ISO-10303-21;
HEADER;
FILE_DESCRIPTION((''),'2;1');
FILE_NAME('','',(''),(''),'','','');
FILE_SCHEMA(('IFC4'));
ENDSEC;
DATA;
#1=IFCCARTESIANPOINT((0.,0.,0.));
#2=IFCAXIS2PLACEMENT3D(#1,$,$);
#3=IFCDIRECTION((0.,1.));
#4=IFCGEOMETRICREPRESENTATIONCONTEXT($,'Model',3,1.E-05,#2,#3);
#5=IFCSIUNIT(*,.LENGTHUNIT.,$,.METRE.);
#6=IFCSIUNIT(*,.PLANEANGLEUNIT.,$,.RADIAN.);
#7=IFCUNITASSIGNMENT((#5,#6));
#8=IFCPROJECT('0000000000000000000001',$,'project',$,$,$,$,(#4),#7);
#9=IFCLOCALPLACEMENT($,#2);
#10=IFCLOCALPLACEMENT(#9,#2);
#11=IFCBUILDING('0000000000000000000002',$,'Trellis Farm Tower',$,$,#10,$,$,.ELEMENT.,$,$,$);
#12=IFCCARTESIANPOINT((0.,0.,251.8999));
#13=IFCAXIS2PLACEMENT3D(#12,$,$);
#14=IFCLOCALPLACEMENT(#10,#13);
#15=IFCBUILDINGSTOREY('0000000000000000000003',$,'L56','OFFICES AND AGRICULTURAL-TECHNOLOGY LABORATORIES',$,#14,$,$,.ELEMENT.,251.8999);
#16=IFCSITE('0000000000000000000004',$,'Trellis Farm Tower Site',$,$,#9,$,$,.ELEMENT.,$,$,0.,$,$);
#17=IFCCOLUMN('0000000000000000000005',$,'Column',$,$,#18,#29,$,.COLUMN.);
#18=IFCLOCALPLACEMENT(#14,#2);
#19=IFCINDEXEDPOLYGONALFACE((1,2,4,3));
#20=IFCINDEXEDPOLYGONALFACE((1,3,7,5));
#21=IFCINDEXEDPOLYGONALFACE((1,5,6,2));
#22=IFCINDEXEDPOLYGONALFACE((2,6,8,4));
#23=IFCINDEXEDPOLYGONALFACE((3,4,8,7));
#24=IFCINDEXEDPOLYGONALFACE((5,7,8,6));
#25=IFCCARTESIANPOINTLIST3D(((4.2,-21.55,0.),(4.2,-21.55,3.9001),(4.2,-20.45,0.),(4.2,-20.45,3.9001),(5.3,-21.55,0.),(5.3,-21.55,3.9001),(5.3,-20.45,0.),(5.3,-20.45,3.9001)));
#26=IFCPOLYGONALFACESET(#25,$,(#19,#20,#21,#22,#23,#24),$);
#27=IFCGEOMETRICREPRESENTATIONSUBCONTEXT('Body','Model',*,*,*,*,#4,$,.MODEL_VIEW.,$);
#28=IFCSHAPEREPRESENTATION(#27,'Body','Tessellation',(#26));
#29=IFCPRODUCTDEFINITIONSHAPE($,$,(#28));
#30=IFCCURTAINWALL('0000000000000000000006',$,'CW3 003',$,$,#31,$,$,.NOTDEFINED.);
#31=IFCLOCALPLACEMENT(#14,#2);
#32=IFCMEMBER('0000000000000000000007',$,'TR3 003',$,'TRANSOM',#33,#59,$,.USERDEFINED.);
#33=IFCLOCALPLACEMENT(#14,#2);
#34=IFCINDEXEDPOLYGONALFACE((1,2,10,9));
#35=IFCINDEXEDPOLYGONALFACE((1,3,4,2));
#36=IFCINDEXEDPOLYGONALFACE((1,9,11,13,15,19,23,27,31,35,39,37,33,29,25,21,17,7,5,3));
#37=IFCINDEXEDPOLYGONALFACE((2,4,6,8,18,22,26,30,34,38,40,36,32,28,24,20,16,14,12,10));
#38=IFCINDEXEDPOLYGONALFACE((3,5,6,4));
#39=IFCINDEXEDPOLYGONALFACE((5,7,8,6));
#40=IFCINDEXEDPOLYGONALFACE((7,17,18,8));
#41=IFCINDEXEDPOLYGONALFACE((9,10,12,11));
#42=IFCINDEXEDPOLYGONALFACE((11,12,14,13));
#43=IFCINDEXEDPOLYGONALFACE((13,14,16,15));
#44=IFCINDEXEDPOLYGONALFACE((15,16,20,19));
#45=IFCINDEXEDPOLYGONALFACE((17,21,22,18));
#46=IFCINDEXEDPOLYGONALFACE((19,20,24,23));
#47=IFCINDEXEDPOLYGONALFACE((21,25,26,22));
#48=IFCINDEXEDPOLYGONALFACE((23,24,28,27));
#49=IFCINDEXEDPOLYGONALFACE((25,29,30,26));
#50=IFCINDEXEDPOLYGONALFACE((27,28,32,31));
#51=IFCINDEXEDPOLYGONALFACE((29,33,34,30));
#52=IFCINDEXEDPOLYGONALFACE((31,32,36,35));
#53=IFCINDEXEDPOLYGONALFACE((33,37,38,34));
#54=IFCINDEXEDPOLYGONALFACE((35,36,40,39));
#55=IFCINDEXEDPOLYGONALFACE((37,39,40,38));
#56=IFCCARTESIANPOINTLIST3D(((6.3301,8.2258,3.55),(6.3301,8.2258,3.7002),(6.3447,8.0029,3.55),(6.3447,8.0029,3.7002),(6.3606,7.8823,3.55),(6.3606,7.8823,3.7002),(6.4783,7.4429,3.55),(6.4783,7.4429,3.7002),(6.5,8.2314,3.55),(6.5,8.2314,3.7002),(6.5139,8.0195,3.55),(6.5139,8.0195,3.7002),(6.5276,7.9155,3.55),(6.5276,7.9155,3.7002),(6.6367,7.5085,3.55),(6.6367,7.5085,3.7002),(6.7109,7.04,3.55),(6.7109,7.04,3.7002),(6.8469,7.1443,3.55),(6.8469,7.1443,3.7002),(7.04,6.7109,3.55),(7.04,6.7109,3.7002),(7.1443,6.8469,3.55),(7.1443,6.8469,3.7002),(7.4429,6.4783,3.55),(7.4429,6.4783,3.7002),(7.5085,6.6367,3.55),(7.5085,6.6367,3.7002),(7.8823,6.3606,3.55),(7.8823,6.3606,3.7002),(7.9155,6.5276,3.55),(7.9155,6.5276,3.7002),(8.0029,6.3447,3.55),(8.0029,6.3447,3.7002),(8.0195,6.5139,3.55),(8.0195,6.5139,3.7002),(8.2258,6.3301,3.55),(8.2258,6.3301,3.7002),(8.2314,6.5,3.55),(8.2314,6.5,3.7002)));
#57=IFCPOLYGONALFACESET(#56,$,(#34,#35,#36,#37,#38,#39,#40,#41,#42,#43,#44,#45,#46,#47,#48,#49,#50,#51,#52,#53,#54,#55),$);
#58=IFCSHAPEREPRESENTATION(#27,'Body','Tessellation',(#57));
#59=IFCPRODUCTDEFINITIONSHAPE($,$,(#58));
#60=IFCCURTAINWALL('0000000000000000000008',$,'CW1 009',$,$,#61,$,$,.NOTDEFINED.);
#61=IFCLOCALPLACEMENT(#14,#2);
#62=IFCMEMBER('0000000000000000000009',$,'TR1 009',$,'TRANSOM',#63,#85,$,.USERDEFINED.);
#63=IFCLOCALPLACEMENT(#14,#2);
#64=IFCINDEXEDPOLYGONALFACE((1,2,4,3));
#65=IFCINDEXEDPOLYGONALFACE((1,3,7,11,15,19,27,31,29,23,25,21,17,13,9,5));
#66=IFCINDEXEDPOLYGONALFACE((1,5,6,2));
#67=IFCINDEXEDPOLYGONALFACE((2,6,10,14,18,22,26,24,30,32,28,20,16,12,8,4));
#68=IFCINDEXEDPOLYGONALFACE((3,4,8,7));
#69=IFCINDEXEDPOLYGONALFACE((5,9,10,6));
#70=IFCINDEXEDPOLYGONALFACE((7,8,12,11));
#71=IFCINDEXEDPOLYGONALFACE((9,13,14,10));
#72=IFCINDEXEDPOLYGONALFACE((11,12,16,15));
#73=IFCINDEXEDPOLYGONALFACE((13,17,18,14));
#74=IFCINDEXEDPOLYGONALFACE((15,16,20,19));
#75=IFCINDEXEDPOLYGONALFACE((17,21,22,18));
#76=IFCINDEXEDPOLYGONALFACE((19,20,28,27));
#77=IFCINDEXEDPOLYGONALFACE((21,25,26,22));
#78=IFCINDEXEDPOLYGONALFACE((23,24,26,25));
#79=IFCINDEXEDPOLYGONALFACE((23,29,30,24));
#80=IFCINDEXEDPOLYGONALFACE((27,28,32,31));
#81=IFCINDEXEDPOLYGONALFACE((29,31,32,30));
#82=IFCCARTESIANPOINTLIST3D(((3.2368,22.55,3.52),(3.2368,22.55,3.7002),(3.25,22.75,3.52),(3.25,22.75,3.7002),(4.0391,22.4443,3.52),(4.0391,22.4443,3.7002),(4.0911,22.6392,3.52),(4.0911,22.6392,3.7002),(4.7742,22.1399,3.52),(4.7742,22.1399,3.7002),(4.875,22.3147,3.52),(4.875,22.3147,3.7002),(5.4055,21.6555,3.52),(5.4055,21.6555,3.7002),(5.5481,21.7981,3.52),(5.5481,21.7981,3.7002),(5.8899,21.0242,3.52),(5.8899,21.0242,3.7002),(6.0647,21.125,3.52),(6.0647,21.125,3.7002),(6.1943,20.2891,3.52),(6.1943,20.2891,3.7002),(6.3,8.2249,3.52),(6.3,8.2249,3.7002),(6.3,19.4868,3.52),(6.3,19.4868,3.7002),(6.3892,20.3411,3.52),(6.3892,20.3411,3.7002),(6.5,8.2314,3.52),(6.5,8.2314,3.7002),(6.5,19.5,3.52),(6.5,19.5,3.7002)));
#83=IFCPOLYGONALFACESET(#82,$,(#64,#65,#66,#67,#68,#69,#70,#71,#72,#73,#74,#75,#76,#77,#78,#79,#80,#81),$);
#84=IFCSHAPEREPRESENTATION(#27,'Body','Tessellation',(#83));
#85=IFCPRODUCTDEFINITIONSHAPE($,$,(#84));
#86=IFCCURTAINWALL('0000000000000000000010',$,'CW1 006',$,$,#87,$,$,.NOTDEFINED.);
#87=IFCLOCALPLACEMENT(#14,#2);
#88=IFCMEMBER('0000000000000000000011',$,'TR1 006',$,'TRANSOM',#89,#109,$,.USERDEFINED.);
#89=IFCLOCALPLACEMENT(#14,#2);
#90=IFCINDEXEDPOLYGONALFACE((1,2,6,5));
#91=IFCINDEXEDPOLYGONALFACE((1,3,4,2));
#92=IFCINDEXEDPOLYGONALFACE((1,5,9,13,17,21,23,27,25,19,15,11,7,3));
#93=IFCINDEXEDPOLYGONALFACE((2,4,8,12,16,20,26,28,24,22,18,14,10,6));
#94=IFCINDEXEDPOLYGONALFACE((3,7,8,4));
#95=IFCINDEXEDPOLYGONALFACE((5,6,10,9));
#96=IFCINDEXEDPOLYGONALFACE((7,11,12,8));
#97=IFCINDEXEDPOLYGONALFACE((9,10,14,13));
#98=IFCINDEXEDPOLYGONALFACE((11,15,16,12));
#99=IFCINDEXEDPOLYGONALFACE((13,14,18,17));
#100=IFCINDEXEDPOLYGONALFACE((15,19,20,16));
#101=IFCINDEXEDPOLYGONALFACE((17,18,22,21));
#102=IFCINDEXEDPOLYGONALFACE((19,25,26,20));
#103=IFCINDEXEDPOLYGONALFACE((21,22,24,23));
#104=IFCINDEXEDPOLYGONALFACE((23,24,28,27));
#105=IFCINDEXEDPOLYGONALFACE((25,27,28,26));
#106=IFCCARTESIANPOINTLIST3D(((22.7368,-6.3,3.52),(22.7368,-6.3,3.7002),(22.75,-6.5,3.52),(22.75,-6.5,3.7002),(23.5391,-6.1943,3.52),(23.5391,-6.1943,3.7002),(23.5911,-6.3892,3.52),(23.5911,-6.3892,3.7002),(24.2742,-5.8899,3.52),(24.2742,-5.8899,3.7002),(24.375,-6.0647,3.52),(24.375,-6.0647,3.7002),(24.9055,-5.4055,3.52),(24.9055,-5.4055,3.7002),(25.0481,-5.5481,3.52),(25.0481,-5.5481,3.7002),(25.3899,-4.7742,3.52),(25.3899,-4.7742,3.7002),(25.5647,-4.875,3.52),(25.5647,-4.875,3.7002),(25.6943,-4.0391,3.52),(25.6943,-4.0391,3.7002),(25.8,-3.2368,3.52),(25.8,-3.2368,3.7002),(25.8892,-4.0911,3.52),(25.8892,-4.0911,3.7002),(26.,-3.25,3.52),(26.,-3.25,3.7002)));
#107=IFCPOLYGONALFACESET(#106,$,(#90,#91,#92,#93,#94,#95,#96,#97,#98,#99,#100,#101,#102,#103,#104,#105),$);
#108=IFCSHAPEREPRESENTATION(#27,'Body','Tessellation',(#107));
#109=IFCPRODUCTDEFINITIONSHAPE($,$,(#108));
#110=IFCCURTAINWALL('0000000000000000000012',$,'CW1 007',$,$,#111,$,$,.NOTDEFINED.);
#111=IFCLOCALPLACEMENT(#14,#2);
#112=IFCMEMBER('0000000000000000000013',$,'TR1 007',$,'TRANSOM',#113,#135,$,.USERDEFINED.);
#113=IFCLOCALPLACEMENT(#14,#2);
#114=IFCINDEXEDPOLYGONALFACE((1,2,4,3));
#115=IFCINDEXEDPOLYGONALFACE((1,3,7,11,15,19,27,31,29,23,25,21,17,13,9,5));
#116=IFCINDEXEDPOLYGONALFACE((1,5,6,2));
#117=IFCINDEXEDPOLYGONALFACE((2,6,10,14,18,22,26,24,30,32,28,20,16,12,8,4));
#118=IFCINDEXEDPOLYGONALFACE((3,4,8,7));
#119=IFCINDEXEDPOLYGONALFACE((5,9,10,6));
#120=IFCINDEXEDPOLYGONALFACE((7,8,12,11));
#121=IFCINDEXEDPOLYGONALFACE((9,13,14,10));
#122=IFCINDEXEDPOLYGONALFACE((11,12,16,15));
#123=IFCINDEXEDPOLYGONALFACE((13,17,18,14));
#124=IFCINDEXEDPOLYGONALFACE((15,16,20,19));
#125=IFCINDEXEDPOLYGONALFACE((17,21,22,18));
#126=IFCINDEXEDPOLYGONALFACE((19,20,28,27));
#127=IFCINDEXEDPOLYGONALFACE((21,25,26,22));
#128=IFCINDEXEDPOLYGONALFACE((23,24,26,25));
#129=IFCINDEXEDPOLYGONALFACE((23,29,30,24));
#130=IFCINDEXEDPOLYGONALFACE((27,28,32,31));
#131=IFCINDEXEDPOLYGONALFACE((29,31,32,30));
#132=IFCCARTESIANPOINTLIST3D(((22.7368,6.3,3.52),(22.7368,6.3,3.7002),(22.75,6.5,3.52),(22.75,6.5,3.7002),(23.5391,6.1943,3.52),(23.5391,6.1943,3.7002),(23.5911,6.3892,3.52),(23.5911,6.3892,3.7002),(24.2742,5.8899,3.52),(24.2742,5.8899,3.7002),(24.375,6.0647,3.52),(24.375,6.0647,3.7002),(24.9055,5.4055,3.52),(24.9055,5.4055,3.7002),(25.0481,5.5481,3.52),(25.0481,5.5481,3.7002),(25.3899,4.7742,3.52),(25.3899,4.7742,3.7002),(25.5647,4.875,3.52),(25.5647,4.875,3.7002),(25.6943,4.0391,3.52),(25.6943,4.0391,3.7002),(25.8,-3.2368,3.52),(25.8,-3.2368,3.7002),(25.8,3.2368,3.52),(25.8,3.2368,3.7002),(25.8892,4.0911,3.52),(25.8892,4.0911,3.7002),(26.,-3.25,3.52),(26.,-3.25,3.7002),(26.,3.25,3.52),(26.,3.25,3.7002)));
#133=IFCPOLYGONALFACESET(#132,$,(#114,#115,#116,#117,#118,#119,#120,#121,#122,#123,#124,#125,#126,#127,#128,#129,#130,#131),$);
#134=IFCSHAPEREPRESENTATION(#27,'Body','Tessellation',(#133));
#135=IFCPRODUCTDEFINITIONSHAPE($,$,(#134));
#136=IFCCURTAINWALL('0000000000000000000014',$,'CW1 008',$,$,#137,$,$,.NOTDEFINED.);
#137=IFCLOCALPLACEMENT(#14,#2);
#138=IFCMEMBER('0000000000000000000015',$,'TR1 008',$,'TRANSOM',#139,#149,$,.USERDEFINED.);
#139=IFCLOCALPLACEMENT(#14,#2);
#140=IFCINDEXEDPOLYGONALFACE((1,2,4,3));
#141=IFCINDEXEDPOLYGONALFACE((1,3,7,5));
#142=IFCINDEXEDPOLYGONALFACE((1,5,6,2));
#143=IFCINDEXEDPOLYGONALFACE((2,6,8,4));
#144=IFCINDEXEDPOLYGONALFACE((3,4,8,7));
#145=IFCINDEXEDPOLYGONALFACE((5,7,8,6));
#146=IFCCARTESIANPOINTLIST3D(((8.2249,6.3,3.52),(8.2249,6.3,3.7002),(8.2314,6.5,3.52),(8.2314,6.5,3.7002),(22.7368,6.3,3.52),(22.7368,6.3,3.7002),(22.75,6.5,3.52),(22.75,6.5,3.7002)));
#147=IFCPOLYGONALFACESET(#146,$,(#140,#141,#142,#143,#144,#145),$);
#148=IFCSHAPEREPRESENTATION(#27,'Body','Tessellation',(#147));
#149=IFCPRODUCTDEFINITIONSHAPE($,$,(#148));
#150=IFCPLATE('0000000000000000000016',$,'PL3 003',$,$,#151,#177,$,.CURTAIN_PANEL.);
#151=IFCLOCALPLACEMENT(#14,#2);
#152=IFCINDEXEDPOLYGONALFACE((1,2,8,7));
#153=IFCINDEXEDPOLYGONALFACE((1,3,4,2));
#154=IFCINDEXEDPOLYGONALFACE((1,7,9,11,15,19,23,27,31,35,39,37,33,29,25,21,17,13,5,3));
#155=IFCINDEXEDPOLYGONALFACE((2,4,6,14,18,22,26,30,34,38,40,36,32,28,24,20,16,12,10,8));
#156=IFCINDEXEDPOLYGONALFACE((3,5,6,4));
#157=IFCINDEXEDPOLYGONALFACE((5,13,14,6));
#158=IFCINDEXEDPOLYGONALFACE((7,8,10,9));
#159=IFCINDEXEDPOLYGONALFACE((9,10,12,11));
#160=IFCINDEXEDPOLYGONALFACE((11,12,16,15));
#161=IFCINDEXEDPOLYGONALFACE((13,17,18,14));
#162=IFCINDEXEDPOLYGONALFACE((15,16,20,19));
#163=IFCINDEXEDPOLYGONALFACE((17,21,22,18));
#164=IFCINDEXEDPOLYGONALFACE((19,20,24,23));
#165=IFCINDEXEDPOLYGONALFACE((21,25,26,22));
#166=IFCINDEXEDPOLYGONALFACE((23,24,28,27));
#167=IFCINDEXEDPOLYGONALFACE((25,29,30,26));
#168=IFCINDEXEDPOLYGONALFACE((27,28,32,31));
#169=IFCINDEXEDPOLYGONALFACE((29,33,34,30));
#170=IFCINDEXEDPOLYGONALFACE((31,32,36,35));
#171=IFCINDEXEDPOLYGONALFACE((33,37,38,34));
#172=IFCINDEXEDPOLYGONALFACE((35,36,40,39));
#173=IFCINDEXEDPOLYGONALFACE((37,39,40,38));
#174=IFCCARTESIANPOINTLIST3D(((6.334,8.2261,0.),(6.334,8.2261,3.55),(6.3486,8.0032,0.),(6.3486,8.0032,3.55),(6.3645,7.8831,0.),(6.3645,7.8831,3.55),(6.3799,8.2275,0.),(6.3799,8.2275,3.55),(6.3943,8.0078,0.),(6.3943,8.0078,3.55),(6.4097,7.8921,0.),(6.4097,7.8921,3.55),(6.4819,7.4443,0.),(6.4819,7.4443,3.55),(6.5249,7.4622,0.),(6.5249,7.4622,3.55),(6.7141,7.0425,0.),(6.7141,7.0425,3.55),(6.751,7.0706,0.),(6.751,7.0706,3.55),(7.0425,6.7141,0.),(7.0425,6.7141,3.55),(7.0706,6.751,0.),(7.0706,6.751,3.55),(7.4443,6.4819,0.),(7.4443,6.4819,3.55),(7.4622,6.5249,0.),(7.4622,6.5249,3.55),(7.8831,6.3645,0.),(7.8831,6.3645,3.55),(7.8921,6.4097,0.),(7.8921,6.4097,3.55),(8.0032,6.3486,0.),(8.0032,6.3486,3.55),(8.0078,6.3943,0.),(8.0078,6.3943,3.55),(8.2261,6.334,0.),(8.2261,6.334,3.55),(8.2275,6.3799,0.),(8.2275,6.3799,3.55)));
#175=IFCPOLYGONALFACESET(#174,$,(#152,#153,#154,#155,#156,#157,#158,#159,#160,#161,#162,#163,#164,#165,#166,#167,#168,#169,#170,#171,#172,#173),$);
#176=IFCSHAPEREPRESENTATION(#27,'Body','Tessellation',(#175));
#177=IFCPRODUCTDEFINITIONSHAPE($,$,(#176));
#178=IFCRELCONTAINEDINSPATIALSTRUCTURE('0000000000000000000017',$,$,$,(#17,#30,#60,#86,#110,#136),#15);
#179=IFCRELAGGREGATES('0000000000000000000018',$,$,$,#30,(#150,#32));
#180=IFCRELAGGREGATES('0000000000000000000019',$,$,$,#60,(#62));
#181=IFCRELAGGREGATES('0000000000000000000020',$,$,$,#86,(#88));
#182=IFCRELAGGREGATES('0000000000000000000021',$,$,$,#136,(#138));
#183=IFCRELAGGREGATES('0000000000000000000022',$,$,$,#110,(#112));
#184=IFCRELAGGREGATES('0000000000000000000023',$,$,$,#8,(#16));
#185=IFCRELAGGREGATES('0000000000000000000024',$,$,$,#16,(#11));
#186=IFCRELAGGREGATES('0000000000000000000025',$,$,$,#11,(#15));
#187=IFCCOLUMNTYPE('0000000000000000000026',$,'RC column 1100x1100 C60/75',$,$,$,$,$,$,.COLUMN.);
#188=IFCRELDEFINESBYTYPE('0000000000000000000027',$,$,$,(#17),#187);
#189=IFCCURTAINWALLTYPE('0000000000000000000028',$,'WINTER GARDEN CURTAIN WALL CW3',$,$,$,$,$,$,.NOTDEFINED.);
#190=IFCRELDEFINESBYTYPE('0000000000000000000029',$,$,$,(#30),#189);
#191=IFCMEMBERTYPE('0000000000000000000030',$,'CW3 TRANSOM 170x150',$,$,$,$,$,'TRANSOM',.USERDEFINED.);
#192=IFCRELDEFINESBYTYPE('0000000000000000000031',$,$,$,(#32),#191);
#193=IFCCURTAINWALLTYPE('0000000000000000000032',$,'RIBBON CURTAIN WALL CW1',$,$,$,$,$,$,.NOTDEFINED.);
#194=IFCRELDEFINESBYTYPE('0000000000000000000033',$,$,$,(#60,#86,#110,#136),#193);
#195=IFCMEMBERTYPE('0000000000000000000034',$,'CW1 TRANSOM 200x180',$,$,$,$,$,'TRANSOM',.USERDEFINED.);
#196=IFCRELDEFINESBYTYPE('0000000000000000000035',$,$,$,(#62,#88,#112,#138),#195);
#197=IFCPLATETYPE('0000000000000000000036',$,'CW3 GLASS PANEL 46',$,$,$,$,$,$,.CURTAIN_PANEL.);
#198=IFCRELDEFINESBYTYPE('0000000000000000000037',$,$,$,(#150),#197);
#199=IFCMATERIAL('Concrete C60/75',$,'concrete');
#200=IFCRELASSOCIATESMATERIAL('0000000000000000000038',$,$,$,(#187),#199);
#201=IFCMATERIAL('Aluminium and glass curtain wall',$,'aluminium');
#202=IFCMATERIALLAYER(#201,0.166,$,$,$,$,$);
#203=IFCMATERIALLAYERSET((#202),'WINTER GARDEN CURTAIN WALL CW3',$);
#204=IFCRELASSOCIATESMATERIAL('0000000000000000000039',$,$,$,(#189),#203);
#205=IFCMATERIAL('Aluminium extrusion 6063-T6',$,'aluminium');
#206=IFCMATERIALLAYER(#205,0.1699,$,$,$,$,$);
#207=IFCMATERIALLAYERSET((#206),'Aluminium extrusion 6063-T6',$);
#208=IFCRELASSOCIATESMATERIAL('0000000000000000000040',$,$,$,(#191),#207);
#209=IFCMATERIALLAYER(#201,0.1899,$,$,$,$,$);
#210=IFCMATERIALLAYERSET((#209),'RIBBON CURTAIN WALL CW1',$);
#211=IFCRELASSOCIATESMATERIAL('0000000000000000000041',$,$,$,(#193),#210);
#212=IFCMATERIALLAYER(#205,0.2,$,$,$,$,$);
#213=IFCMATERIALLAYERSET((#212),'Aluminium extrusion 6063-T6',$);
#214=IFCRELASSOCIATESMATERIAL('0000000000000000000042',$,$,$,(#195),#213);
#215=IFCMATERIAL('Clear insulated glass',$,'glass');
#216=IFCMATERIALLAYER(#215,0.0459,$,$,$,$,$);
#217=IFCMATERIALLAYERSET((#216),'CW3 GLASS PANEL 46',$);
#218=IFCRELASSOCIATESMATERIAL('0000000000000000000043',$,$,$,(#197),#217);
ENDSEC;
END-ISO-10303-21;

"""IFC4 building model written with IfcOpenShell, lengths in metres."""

from ifc_helpers import new_model, si_unit, direction, frame, origin, origin_2d, place, context, subcontext, project, spatial, polyline, rectangle, outline, extrude, source, transform, mapped, material, layer, layer_set, material_profile, profile_set, type_object, element, aggregate, save


model = new_model("IFC4")

# Units and contexts
model_context = context("Model", 3, precision=1e-05, world=origin(), true_north=direction((0.0, 1.0)))
body_context = subcontext(model_context, "Body", "Model", "MODEL_VIEW")
ifc_project = project(units=[si_unit("LENGTHUNIT", "METRE"), si_unit("PLANEANGLEUNIT", "RADIAN")], contexts=[model_context])

# Site, building, storey
site_placement = place(None, origin())
site = spatial("IfcSite", under=ifc_project, at=site_placement, Name="Trellis Farm Tower Site", CompositionType="ELEMENT", RefElevation=0.0)
building_placement = place(site_placement, origin())
building = spatial("IfcBuilding", under=site, at=building_placement, Name="Trellis Farm Tower", CompositionType="ELEMENT")
storey_placement = place(building_placement, frame((0.0, 0.0, 251.8999)))
storey = spatial("IfcBuildingStorey", under=building, at=storey_placement, Name="L56", Description="OFFICES AND AGRICULTURAL-TECHNOLOGY LABORATORIES", CompositionType="ELEMENT", Elevation=251.8999)

# Column
ifc_material_1 = material(Name="Concrete C60/75", Category="concrete")
ifc_material_profile = material_profile(ifc_material_1, rectangle(XDim=1.1001, YDim=1.1001, at=origin_2d()), Name="RC column 1100x1100 C60/75")
ifc_profile_set = profile_set([ifc_material_profile], Name="Concrete C60/75")
column_type = type_object("IfcColumnType", Name="RC column 1100x1100 C60/75", PredefinedType="COLUMN", material=ifc_profile_set)
shared_shape_1 = source(origin(), body_context, "Body", "SweptSolid", [
    extrude(rectangle(XDim=1.1001, YDim=1.1001, at=origin_2d()), origin(), (0.0, 0.0, 1.0), 3.9001),
])
column_placement = place(storey_placement, frame((4.75, -21.0, 0.0), z_axis=(0.0, 0.0, 1.0), x_axis=(1.0, 0.0, 0.0)))
element("IfcColumn", 1, at=column_placement, inside=storey, type_object=column_type, Name="Column", PredefinedType="COLUMN", context=body_context, shape_type="MappedRepresentation", body=[
    mapped(shared_shape_1, transform((0.0, 0.0, 0.0))),
])

# Curtain walls, members
ifc_material_2 = material(Name="Aluminium and glass curtain wall", Category="aluminium")
ifc_layer_1 = layer(ifc_material_2, 0.166)
ifc_layer_set_1 = layer_set([ifc_layer_1], Name="WINTER GARDEN CURTAIN WALL CW3")
curtain_wall_type_1 = type_object("IfcCurtainWallType", Name="WINTER GARDEN CURTAIN WALL CW3", PredefinedType="NOTDEFINED", material=ifc_layer_set_1)
placement_1 = place(storey_placement, origin())
curtain_wall_1 = element("IfcCurtainWall", 2, at=placement_1, inside=storey, type_object=curtain_wall_type_1, Name="CW3 003", PredefinedType="NOTDEFINED")
ifc_material_3 = material(Name="Aluminium extrusion 6063-T6", Category="aluminium")
ifc_layer_2 = layer(ifc_material_3, 0.1699)
ifc_layer_set_2 = layer_set([ifc_layer_2], Name="Aluminium extrusion 6063-T6")
member_type_1 = type_object("IfcMemberType", Name="CW3 TRANSOM 170x150", ElementType="TRANSOM", PredefinedType="USERDEFINED", material=ifc_layer_set_2)
shared_shape_2 = source(origin(), body_context, "Body", "SweptSolid", [
    extrude(outline(polyline([(8.2314, 6.5), (8.0195, 6.5139), (7.9155, 6.5276), (7.5085, 6.6367), (7.1443, 6.8469), (6.8469, 7.1443), (6.6367, 7.5085), (6.5276, 7.9155), (6.5139, 8.0195), (6.5, 8.2314), (6.3301, 8.2258), (6.3447, 8.0029), (6.3606, 7.8823), (6.4783, 7.4429), (6.7109, 7.04), (7.04, 6.7109), (7.4429, 6.4783), (7.8823, 6.3606), (8.0029, 6.3447), (8.2258, 6.3301), (8.2314, 6.5)])), origin(), (0.0, 0.0, 1.0), 0.1501),
])
member_1_placement = place(storey_placement, frame((0.0, 0.0, 3.55)))
member_1 = element("IfcMember", 3, at=member_1_placement, type_object=member_type_1, Name="TR3 003", ObjectType="TRANSOM", PredefinedType="USERDEFINED", context=body_context, shape_type="MappedRepresentation", body=[
    mapped(shared_shape_2, transform((0.0, 0.0, 0.0))),
])
ifc_layer_3 = layer(ifc_material_2, 0.1899)
ifc_layer_set_3 = layer_set([ifc_layer_3], Name="RIBBON CURTAIN WALL CW1")
curtain_wall_type_2 = type_object("IfcCurtainWallType", Name="RIBBON CURTAIN WALL CW1", PredefinedType="NOTDEFINED", material=ifc_layer_set_3)
curtain_wall_2 = element("IfcCurtainWall", 4, at=placement_1, inside=storey, type_object=curtain_wall_type_2, Name="CW1 009", PredefinedType="NOTDEFINED")
ifc_layer_4 = layer(ifc_material_3, 0.2)
ifc_layer_set_4 = layer_set([ifc_layer_4], Name="Aluminium extrusion 6063-T6")
member_type_2 = type_object("IfcMemberType", Name="CW1 TRANSOM 200x180", ElementType="TRANSOM", PredefinedType="USERDEFINED", material=ifc_layer_set_4)
shared_shape_3 = source(origin(), body_context, "Body", "SweptSolid", [
    extrude(outline(polyline([(6.5, 8.2314), (6.5, 19.5), (6.3892, 20.3411), (6.0647, 21.125), (5.5481, 21.7981), (4.875, 22.3147), (4.0911, 22.6392), (3.25, 22.75), (3.2368, 22.55), (4.0391, 22.4443), (4.7742, 22.1399), (5.4055, 21.6555), (5.8899, 21.0242), (6.1943, 20.2891), (6.3, 19.4868), (6.3, 8.2249), (6.5, 8.2314)])), origin(), (0.0, 0.0, 1.0), 0.1802),
])
placement_2 = place(storey_placement, frame((0.0, 0.0, 3.52)))
member_2 = element("IfcMember", 5, at=placement_2, type_object=member_type_2, Name="TR1 009", ObjectType="TRANSOM", PredefinedType="USERDEFINED", context=body_context, shape_type="MappedRepresentation", body=[
    mapped(shared_shape_3, transform((0.0, 0.0, 0.0))),
])
curtain_wall_3 = element("IfcCurtainWall", 6, at=placement_1, inside=storey, type_object=curtain_wall_type_2, Name="CW1 006", PredefinedType="NOTDEFINED")
shared_shape_4 = source(origin(), body_context, "Body", "SweptSolid", [
    extrude(outline(polyline([(22.75, -6.5), (23.5911, -6.3892), (24.375, -6.0647), (25.0481, -5.5481), (25.5647, -4.875), (25.8892, -4.0911), (26.0, -3.25), (25.8, -3.2368), (25.6943, -4.0391), (25.3899, -4.7742), (24.9055, -5.4055), (24.2742, -5.8899), (23.5391, -6.1943), (22.7368, -6.3), (22.75, -6.5)])), origin(), (0.0, 0.0, 1.0), 0.1802),
])
member_3 = element("IfcMember", 7, at=placement_2, type_object=member_type_2, Name="TR1 006", ObjectType="TRANSOM", PredefinedType="USERDEFINED", context=body_context, shape_type="MappedRepresentation", body=[
    mapped(shared_shape_4, transform((0.0, 0.0, 0.0))),
])
curtain_wall_4 = element("IfcCurtainWall", 8, at=placement_1, inside=storey, type_object=curtain_wall_type_2, Name="CW1 007", PredefinedType="NOTDEFINED")
shared_shape_5 = source(origin(), body_context, "Body", "SweptSolid", [
    extrude(outline(polyline([(26.0, -3.25), (26.0, 3.25), (25.8892, 4.0911), (25.5647, 4.875), (25.0481, 5.5481), (24.375, 6.0647), (23.5911, 6.3892), (22.75, 6.5), (22.7368, 6.3), (23.5391, 6.1943), (24.2742, 5.8899), (24.9055, 5.4055), (25.3899, 4.7742), (25.6943, 4.0391), (25.8, 3.2368), (25.8, -3.2368), (26.0, -3.25)])), origin(), (0.0, 0.0, 1.0), 0.1802),
])
member_4 = element("IfcMember", 9, at=placement_2, type_object=member_type_2, Name="TR1 007", ObjectType="TRANSOM", PredefinedType="USERDEFINED", context=body_context, shape_type="MappedRepresentation", body=[
    mapped(shared_shape_5, transform((0.0, 0.0, 0.0))),
])
curtain_wall_5 = element("IfcCurtainWall", 10, at=placement_1, inside=storey, type_object=curtain_wall_type_2, Name="CW1 008", PredefinedType="NOTDEFINED")
shared_shape_6 = source(origin(), body_context, "Body", "SweptSolid", [
    extrude(outline(polyline([(22.75, 6.5), (8.2314, 6.5), (8.2249, 6.3), (22.7368, 6.3), (22.75, 6.5)])), origin(), (0.0, 0.0, 1.0), 0.1802),
])
member_5 = element("IfcMember", 11, at=placement_2, type_object=member_type_2, Name="TR1 008", ObjectType="TRANSOM", PredefinedType="USERDEFINED", context=body_context, shape_type="MappedRepresentation", body=[
    mapped(shared_shape_6, transform((0.0, 0.0, 0.0))),
])

# Plate
ifc_material_4 = material(Name="Clear insulated glass", Category="glass")
ifc_layer_5 = layer(ifc_material_4, 0.0459)
ifc_layer_set_5 = layer_set([ifc_layer_5], Name="CW3 GLASS PANEL 46")
plate_type_1 = type_object("IfcPlateType", Name="CW3 GLASS PANEL 46", PredefinedType="CURTAIN_PANEL", material=ifc_layer_set_5)
shared_shape_7 = source(origin(), body_context, "Body", "SweptSolid", [
    extrude(outline(polyline([(8.2275, 6.3799), (8.0078, 6.3943), (7.8921, 6.4097), (7.4622, 6.5249), (7.0706, 6.751), (6.751, 7.0706), (6.5249, 7.4622), (6.4097, 7.8921), (6.3943, 8.0078), (6.3799, 8.2275), (6.334, 8.2261), (6.3486, 8.0032), (6.3645, 7.8831), (6.4819, 7.4443), (6.7141, 7.0425), (7.0425, 6.7141), (7.4443, 6.4819), (7.8831, 6.3645), (8.0032, 6.3486), (8.2261, 6.334), (8.2275, 6.3799)])), origin(), (0.0, 0.0, 1.0), 3.55),
])
plate_1 = element("IfcPlate", 12, at=placement_1, type_object=plate_type_1, Name="PL3 003", PredefinedType="CURTAIN_PANEL", context=body_context, shape_type="MappedRepresentation", body=[
    mapped(shared_shape_7, transform((0.0, 0.0, 0.0))),
])
aggregate(curtain_wall_1, [plate_1, member_1])
aggregate(curtain_wall_2, [member_2])

aggregate(curtain_wall_3, [member_3])
aggregate(curtain_wall_5, [member_5])
aggregate(curtain_wall_4, [member_4])

save(model, "model.ifc")
